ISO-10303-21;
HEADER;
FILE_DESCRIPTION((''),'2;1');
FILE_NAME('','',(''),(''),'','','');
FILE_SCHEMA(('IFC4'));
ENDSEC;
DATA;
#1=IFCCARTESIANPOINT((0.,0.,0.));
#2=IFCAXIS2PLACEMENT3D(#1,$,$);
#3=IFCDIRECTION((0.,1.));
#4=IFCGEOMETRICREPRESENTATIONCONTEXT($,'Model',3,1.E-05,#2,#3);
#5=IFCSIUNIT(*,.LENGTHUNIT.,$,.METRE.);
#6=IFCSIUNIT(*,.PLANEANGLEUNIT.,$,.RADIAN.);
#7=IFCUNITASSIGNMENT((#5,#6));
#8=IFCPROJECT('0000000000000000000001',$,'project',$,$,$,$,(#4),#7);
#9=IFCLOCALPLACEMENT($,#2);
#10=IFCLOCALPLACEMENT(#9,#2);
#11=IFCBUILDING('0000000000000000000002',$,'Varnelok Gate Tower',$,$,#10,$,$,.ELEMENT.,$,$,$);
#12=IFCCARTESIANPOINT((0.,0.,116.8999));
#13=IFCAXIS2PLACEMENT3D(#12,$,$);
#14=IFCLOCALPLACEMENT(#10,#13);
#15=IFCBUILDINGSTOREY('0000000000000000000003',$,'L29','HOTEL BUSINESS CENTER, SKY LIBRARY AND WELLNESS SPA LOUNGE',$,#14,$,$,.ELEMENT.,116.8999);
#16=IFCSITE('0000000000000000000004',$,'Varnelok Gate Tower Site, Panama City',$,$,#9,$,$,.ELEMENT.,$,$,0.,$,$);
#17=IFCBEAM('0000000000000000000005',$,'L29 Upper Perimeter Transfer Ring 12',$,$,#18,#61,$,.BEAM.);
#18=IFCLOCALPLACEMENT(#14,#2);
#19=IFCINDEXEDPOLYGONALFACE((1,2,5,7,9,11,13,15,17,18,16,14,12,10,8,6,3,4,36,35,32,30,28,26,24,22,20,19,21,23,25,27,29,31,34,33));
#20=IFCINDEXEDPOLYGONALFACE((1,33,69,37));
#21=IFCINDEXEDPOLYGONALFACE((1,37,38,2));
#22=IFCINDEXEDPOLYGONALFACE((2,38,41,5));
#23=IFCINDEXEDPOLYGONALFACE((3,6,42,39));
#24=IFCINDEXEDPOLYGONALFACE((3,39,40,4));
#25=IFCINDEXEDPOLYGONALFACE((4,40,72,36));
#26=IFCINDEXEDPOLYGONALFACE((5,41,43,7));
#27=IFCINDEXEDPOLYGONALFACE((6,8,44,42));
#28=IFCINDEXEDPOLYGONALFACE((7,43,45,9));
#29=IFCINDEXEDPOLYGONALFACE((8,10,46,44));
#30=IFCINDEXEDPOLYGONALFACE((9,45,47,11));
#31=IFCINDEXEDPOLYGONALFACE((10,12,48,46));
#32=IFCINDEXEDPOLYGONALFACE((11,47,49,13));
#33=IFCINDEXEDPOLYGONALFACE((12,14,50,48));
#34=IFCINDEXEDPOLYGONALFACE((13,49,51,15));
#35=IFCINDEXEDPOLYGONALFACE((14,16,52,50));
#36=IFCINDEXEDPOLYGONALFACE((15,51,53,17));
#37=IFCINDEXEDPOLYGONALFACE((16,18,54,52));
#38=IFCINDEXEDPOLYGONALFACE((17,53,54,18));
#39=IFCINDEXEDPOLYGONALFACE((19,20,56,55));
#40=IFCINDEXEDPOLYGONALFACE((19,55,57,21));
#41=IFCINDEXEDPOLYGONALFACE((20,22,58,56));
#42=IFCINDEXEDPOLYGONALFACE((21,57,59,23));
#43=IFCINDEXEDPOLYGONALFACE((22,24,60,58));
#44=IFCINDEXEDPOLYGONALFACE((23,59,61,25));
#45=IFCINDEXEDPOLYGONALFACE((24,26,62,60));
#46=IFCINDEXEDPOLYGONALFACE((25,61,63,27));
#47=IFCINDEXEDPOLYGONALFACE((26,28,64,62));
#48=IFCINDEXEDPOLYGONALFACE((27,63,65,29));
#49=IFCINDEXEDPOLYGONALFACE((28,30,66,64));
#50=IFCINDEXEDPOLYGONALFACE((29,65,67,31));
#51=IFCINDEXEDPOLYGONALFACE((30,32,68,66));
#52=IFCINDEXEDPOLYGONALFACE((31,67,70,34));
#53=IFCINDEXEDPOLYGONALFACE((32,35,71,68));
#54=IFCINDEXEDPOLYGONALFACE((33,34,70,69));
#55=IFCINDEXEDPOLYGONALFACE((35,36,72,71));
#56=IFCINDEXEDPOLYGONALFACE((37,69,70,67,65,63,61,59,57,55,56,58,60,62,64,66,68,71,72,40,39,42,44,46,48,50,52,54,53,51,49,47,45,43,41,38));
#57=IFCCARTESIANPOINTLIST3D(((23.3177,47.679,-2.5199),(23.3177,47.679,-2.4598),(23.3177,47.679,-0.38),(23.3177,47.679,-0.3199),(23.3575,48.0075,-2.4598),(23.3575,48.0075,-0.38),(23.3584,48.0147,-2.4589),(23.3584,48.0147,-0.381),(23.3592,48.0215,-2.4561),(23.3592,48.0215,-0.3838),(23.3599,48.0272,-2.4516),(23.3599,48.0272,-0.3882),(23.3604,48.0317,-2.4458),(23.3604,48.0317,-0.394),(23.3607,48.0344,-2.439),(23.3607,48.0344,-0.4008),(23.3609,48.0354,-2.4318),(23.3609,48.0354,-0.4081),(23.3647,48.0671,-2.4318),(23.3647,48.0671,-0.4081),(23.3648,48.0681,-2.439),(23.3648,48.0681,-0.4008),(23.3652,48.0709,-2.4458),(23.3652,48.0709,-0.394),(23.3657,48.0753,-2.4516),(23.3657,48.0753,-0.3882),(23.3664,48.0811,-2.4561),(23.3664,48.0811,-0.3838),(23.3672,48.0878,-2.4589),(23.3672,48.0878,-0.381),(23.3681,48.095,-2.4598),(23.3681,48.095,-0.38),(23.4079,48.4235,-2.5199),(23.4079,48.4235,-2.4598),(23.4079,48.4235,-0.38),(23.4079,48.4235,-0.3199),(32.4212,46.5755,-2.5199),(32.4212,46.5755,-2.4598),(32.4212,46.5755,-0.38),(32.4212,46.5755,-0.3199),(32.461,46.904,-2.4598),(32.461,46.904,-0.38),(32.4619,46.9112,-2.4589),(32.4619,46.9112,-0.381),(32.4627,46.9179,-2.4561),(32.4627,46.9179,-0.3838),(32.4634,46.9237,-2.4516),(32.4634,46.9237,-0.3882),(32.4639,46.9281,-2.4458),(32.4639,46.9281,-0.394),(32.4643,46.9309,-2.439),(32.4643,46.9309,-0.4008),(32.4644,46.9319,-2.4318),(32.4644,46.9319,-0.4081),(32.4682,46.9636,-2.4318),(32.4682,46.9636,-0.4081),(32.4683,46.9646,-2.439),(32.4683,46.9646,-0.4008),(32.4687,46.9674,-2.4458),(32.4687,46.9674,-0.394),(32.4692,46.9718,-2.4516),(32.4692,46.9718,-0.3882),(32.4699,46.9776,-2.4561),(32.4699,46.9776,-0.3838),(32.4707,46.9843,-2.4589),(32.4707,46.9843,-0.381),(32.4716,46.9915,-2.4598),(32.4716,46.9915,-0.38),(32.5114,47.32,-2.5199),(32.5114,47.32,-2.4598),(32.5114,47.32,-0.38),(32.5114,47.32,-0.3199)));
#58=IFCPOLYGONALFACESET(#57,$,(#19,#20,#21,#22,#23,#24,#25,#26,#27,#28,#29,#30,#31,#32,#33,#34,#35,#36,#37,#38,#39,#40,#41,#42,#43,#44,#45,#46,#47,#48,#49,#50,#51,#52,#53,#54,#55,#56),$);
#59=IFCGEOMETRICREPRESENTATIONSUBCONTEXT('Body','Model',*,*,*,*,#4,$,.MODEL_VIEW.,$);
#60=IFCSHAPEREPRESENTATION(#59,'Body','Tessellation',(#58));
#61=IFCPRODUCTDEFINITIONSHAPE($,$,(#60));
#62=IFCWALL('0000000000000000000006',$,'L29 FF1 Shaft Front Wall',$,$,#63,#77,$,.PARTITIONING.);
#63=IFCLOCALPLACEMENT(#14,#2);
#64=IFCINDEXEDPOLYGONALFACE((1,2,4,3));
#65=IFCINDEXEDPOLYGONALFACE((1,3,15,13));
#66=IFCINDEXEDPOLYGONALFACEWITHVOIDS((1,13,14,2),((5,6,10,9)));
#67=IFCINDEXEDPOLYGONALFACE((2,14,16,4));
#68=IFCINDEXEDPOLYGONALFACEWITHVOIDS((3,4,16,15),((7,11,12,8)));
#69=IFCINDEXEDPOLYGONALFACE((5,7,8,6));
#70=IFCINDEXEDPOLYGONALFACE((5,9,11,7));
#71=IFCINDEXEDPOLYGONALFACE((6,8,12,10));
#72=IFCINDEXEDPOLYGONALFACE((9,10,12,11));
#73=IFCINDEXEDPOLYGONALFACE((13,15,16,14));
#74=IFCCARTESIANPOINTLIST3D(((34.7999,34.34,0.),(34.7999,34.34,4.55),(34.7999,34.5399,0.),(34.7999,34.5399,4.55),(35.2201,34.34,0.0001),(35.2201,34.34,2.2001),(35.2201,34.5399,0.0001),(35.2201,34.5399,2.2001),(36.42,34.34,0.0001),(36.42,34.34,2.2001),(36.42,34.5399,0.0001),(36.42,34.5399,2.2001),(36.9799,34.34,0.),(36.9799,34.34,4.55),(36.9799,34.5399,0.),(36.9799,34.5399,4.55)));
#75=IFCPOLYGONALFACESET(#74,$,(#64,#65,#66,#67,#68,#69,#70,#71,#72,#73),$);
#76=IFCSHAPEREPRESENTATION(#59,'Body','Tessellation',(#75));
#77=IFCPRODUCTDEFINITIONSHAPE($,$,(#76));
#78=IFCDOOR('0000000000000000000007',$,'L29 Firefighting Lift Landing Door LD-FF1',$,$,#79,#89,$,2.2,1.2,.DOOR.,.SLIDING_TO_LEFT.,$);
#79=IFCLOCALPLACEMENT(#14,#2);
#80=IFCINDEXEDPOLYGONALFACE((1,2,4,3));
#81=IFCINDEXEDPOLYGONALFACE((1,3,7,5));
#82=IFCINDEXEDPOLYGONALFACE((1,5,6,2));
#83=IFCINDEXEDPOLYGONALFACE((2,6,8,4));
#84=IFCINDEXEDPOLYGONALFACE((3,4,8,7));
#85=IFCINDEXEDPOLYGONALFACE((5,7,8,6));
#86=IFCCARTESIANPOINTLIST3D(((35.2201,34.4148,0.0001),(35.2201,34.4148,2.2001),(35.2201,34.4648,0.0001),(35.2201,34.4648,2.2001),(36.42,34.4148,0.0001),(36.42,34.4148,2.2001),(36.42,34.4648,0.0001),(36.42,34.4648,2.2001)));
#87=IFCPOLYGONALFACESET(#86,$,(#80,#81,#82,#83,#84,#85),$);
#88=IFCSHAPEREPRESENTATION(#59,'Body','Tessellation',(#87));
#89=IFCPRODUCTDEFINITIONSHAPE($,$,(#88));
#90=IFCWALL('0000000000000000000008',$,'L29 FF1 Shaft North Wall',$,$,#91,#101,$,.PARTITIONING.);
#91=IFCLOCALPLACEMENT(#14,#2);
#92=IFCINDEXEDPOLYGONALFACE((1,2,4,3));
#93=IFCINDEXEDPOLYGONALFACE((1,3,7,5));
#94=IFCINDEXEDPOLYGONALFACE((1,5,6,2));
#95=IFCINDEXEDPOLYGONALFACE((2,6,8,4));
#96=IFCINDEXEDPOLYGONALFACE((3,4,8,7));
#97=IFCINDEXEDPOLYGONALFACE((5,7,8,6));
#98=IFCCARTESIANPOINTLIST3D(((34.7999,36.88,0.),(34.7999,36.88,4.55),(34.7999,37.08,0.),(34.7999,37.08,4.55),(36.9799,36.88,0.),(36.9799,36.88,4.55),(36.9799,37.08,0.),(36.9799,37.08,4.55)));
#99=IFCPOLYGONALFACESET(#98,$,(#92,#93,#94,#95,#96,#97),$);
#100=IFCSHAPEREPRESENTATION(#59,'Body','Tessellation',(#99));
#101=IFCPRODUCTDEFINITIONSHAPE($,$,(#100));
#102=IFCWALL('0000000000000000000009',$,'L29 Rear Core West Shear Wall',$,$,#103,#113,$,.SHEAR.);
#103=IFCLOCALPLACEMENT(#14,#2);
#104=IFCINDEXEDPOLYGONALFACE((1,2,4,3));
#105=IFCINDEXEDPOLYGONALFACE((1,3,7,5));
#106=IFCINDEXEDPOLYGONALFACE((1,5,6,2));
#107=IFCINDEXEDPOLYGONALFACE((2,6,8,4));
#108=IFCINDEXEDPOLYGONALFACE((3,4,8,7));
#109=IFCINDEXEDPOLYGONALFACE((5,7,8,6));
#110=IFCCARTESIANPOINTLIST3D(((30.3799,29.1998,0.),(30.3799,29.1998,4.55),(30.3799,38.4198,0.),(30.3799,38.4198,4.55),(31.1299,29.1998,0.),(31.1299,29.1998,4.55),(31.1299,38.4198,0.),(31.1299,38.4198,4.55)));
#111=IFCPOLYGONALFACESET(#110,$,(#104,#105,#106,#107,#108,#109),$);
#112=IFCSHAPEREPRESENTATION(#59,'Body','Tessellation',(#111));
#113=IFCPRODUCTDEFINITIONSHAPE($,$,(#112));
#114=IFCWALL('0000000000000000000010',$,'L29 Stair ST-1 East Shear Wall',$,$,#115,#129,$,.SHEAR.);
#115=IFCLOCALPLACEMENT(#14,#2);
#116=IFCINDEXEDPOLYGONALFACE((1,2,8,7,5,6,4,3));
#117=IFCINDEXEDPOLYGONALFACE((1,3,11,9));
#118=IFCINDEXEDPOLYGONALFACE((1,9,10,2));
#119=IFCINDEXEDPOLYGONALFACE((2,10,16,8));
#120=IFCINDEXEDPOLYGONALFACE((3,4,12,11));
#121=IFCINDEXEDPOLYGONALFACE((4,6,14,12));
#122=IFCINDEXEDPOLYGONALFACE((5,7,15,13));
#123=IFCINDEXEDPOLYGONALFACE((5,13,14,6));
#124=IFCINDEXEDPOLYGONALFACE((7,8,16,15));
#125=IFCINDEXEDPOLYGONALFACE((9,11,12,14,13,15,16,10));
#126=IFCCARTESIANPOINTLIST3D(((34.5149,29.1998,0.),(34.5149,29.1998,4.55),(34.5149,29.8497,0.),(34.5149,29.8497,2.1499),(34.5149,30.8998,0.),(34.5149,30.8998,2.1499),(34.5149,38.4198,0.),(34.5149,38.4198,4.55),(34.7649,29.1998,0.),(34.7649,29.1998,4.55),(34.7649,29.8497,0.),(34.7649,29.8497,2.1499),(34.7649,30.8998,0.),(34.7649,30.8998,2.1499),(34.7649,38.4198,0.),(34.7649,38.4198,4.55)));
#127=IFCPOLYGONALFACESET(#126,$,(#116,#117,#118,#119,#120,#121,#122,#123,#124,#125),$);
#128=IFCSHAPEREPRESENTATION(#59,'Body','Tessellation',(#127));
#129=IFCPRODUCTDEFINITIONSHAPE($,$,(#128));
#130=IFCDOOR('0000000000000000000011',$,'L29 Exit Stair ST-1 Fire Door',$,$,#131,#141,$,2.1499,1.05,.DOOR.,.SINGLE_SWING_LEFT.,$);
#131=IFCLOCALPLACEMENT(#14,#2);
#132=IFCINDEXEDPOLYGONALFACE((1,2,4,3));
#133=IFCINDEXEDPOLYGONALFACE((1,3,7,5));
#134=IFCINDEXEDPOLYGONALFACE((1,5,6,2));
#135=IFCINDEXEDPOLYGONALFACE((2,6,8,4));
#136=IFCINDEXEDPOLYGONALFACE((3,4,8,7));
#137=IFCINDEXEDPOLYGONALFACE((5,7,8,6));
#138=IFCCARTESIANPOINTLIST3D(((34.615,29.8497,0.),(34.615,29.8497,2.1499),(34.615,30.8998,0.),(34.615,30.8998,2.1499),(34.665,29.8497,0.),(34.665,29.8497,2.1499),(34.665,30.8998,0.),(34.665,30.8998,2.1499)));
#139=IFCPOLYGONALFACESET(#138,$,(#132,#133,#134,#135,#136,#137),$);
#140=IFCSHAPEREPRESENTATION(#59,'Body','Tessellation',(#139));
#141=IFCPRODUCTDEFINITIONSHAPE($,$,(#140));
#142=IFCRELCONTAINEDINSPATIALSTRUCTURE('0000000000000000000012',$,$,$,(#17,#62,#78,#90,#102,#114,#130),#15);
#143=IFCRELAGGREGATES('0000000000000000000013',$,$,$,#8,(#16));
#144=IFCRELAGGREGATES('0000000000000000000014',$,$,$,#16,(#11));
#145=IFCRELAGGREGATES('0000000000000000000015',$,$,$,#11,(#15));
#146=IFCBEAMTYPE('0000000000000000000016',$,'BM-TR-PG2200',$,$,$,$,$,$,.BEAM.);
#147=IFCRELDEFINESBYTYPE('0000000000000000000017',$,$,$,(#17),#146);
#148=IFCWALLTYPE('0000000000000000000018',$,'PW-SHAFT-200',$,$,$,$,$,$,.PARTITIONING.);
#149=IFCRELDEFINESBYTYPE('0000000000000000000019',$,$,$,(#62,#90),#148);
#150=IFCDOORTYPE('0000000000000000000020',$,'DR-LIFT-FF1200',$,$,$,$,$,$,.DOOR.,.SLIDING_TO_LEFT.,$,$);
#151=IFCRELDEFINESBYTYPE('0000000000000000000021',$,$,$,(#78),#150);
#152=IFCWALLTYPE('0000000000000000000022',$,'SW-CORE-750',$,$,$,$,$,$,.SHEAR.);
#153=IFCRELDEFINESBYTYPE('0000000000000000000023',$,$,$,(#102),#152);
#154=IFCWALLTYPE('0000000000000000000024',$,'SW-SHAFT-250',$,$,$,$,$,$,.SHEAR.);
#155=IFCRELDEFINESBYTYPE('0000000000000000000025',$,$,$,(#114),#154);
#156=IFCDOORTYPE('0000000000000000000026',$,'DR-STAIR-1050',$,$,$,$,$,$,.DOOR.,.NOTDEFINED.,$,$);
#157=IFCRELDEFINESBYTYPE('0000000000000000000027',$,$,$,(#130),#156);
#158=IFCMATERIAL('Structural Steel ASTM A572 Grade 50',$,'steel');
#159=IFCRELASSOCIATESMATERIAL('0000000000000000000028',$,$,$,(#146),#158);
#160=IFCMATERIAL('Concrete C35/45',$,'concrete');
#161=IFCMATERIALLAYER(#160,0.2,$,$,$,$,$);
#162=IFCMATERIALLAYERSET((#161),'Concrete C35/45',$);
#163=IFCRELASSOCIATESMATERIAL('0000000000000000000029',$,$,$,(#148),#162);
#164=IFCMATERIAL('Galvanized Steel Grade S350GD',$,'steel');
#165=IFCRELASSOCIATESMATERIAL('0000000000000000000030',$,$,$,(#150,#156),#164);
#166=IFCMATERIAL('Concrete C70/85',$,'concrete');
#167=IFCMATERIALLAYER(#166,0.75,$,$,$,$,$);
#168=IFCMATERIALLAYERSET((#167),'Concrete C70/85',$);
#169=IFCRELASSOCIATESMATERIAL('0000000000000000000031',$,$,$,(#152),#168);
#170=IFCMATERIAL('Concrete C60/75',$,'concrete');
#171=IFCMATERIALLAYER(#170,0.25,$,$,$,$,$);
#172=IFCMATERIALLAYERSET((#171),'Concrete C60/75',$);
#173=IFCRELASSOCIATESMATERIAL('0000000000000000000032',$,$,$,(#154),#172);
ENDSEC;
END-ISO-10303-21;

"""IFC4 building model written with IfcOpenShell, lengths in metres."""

from ifc_helpers import new_model, si_unit, direction, frame, frame_2d, origin, origin_2d, place, context, subcontext, project, spatial, rectangle, i_section, extrude, material, layer, layer_set, material_profile, profile_set, type_object, element, fill, save


model = new_model("IFC4")

# Units and contexts
model_context = context("Model", 3, precision=1e-05, world=origin(), true_north=direction((0.0, 1.0)))
body_context = subcontext(model_context, "Body", "Model", "MODEL_VIEW")
ifc_project = project(units=[si_unit("LENGTHUNIT", "METRE"), si_unit("PLANEANGLEUNIT", "RADIAN")], contexts=[model_context])

# Site, building, storey
site_placement = place(None, origin())
site = spatial("IfcSite", under=ifc_project, at=site_placement, Name="Varnelok Gate Tower Site, Panama City", CompositionType="ELEMENT", RefElevation=0.0)
building_placement = place(site_placement, origin())
building = spatial("IfcBuilding", under=site, at=building_placement, Name="Varnelok Gate Tower", CompositionType="ELEMENT")
storey_placement = place(building_placement, frame((0.0, 0.0, 116.8999)))
storey = spatial("IfcBuildingStorey", under=building, at=storey_placement, Name="L29", Description="HOTEL BUSINESS CENTER, SKY LIBRARY AND WELLNESS SPA LOUNGE", CompositionType="ELEMENT", Elevation=116.8999)

# Shared definitions
ifc_material_1 = material(Name="Concrete C70/85", Category="concrete")

# Beam
ifc_material_2 = material(Name="Concrete C60/75", Category="concrete")
ifc_material_3 = material(Name="Structural Steel ASTM A572 Grade 50", Category="steel")
ifc_material_profile_1 = material_profile(ifc_material_3, i_section(OverallWidth=0.75, OverallDepth=2.2, WebThickness=0.032, FlangeThickness=0.0601, FilletRadius=0.0281, at=origin_2d()), Name="PG2200X750")
ifc_profile_set_1 = profile_set([ifc_material_profile_1], Name="Structural Steel ASTM A572 Grade 50")
beam_type_1 = type_object("IfcBeamType", Name="BM-TR-PG2200", PredefinedType="BEAM", material=ifc_profile_set_1)
beam_1_placement = place(storey_placement, frame((32.4663, 46.9478, -1.4199), z_axis=(-0.992733, 0.120338, 0.0), x_axis=(-0.120338, -0.992733, 0.0)))
element("IfcBeam", 1, at=beam_1_placement, inside=storey, type_object=beam_type_1, Name="L29 Upper Perimeter Transfer Ring 12", PredefinedType="BEAM", context=body_context, shape_type="SweptSolid", body=[
    extrude(i_section(OverallWidth=0.75, OverallDepth=2.2, WebThickness=0.032, FlangeThickness=0.0601, FilletRadius=0.0281, at=origin_2d()), origin(), (0.0, 0.0, 1.0), 9.1702),
])

# Wall, opening, door
ifc_material_4 = material(Name="Concrete C35/45", Category="concrete")
ifc_layer_1 = layer(ifc_material_4, 0.2)
ifc_layer_set_1 = layer_set([ifc_layer_1], Name="Concrete C35/45")
wall_type_1 = type_object("IfcWallType", Name="PW-SHAFT-200", PredefinedType="PARTITIONING", material=ifc_layer_set_1)
wall_1_placement = place(storey_placement, frame((34.8, 34.4399, 0.0), z_axis=(0.0, 0.0, 1.0), x_axis=(1.0, 0.0, 0.0)))
wall_1 = element("IfcWall", 2, at=wall_1_placement, inside=storey, type_object=wall_type_1, Name="L29 FF1 Shaft Front Wall", PredefinedType="PARTITIONING", context=body_context, shape_type="SweptSolid", body=[
    extrude(rectangle(XDim=2.1799, YDim=0.2, at=frame_2d((1.0898, 0.0))), origin(), (0.0, 0.0, 1.0), 4.55),
])
opening_1_placement = place(wall_1_placement, frame((0.4199, 0.0, 0.0)))
opening_1 = element("IfcOpeningElement", 3, at=opening_1_placement, cuts=wall_1, PredefinedType="OPENING", context=body_context, shape_type="SweptSolid", body=[
    extrude(rectangle(XDim=1.2, YDim=2.2, at=frame_2d((0.6001, 1.1001))), frame((0.0, 0.1099, 0.0), z_axis=(0.0, -1.0, 0.0), x_axis=(1.0, 0.0, 0.0)), (0.0, 0.0, 1.0), 0.22),
])
ifc_material_5 = material(Name="Galvanized Steel Grade S350GD", Category="steel")
door_type_1 = type_object("IfcDoorType", Name="DR-LIFT-FF1200", OperationType="SLIDING_TO_LEFT", PredefinedType="DOOR", material=ifc_material_5)
door_1_placement = place(opening_1_placement, origin())
door_1 = element("IfcDoor", 4, at=door_1_placement, inside=storey, type_object=door_type_1, Name="L29 Firefighting Lift Landing Door LD-FF1", OperationType="SLIDING_TO_LEFT", OverallHeight=2.2, OverallWidth=1.2, PredefinedType="DOOR", context=body_context, shape_type="SweptSolid", body=[
    extrude(rectangle(XDim=1.2, YDim=2.2, at=frame_2d((0.6001, 1.1001))), frame((0.0, 0.0249, 0.0), z_axis=(0.0, -1.0, 0.0), x_axis=(1.0, 0.0, 0.0)), (0.0, 0.0, 1.0), 0.05),
])
fill(opening_1, door_1)

# Walls
wall_2_placement = place(storey_placement, frame((34.8, 36.98, 0.0), z_axis=(0.0, 0.0, 1.0), x_axis=(1.0, 0.0, 0.0)))
element("IfcWall", 5, at=wall_2_placement, inside=storey, type_object=wall_type_1, Name="L29 FF1 Shaft North Wall", PredefinedType="PARTITIONING", context=body_context, shape_type="SweptSolid", body=[
    extrude(rectangle(XDim=2.1799, YDim=0.2, at=frame_2d((1.0898, 0.0))), origin(), (0.0, 0.0, 1.0), 4.55),
])
ifc_layer_2 = layer(ifc_material_1, 0.75)
ifc_layer_set_2 = layer_set([ifc_layer_2], Name="Concrete C70/85")
wall_type_2 = type_object("IfcWallType", Name="SW-CORE-750", PredefinedType="SHEAR", material=ifc_layer_set_2)
wall_3_placement = place(storey_placement, frame((30.7549, 29.2, 0.0), z_axis=(0.0, 0.0, 1.0), x_axis=(0.0, 1.0, 0.0)))
element("IfcWall", 6, at=wall_3_placement, inside=storey, type_object=wall_type_2, Name="L29 Rear Core West Shear Wall", PredefinedType="SHEAR", context=body_context, shape_type="SweptSolid", body=[
    extrude(rectangle(XDim=9.22, YDim=0.75, at=frame_2d((4.6099, 0.0))), origin(), (0.0, 0.0, 1.0), 4.55),
])

# Wall, opening, door
ifc_layer_3 = layer(ifc_material_2, 0.25)
ifc_layer_set_3 = layer_set([ifc_layer_3], Name="Concrete C60/75")
wall_type_3 = type_object("IfcWallType", Name="SW-SHAFT-250", PredefinedType="SHEAR", material=ifc_layer_set_3)
wall_4_placement = place(storey_placement, frame((34.6399, 29.2, 0.0), z_axis=(0.0, 0.0, 1.0), x_axis=(0.0, 1.0, 0.0)))
wall_4 = element("IfcWall", 7, at=wall_4_placement, inside=storey, type_object=wall_type_3, Name="L29 Stair ST-1 East Shear Wall", PredefinedType="SHEAR", context=body_context, shape_type="SweptSolid", body=[
    extrude(rectangle(XDim=9.22, YDim=0.25, at=frame_2d((4.6099, 0.0))), origin(), (0.0, 0.0, 1.0), 4.55),
])
opening_2_placement = place(wall_4_placement, frame((0.6499, 0.0, 0.0)))
opening_2 = element("IfcOpeningElement", 8, at=opening_2_placement, cuts=wall_4, PredefinedType="OPENING", context=body_context, shape_type="SweptSolid", body=[
    extrude(rectangle(XDim=1.05, YDim=2.1499, at=frame_2d((0.5249, 1.075))), frame((0.0, 0.135, 0.0), z_axis=(0.0, -1.0, 0.0), x_axis=(1.0, 0.0, 0.0)), (0.0, 0.0, 1.0), 0.27),
])
door_type_2 = type_object("IfcDoorType", Name="DR-STAIR-1050", OperationType="NOTDEFINED", PredefinedType="DOOR", material=ifc_material_5)
door_2_placement = place(opening_2_placement, origin())
door_2 = element("IfcDoor", 9, at=door_2_placement, inside=storey, type_object=door_type_2, Name="L29 Exit Stair ST-1 Fire Door", OperationType="SINGLE_SWING_LEFT", OverallHeight=2.1499, OverallWidth=1.05, PredefinedType="DOOR", context=body_context, shape_type="SweptSolid", body=[
    extrude(rectangle(XDim=1.05, YDim=2.1499, at=frame_2d((0.5249, 1.075))), frame((0.0, 0.0249, 0.0), z_axis=(0.0, -1.0, 0.0), x_axis=(1.0, 0.0, 0.0)), (0.0, 0.0, 1.0), 0.05),
])
fill(opening_2, door_2)

save(model, "model.ifc")
